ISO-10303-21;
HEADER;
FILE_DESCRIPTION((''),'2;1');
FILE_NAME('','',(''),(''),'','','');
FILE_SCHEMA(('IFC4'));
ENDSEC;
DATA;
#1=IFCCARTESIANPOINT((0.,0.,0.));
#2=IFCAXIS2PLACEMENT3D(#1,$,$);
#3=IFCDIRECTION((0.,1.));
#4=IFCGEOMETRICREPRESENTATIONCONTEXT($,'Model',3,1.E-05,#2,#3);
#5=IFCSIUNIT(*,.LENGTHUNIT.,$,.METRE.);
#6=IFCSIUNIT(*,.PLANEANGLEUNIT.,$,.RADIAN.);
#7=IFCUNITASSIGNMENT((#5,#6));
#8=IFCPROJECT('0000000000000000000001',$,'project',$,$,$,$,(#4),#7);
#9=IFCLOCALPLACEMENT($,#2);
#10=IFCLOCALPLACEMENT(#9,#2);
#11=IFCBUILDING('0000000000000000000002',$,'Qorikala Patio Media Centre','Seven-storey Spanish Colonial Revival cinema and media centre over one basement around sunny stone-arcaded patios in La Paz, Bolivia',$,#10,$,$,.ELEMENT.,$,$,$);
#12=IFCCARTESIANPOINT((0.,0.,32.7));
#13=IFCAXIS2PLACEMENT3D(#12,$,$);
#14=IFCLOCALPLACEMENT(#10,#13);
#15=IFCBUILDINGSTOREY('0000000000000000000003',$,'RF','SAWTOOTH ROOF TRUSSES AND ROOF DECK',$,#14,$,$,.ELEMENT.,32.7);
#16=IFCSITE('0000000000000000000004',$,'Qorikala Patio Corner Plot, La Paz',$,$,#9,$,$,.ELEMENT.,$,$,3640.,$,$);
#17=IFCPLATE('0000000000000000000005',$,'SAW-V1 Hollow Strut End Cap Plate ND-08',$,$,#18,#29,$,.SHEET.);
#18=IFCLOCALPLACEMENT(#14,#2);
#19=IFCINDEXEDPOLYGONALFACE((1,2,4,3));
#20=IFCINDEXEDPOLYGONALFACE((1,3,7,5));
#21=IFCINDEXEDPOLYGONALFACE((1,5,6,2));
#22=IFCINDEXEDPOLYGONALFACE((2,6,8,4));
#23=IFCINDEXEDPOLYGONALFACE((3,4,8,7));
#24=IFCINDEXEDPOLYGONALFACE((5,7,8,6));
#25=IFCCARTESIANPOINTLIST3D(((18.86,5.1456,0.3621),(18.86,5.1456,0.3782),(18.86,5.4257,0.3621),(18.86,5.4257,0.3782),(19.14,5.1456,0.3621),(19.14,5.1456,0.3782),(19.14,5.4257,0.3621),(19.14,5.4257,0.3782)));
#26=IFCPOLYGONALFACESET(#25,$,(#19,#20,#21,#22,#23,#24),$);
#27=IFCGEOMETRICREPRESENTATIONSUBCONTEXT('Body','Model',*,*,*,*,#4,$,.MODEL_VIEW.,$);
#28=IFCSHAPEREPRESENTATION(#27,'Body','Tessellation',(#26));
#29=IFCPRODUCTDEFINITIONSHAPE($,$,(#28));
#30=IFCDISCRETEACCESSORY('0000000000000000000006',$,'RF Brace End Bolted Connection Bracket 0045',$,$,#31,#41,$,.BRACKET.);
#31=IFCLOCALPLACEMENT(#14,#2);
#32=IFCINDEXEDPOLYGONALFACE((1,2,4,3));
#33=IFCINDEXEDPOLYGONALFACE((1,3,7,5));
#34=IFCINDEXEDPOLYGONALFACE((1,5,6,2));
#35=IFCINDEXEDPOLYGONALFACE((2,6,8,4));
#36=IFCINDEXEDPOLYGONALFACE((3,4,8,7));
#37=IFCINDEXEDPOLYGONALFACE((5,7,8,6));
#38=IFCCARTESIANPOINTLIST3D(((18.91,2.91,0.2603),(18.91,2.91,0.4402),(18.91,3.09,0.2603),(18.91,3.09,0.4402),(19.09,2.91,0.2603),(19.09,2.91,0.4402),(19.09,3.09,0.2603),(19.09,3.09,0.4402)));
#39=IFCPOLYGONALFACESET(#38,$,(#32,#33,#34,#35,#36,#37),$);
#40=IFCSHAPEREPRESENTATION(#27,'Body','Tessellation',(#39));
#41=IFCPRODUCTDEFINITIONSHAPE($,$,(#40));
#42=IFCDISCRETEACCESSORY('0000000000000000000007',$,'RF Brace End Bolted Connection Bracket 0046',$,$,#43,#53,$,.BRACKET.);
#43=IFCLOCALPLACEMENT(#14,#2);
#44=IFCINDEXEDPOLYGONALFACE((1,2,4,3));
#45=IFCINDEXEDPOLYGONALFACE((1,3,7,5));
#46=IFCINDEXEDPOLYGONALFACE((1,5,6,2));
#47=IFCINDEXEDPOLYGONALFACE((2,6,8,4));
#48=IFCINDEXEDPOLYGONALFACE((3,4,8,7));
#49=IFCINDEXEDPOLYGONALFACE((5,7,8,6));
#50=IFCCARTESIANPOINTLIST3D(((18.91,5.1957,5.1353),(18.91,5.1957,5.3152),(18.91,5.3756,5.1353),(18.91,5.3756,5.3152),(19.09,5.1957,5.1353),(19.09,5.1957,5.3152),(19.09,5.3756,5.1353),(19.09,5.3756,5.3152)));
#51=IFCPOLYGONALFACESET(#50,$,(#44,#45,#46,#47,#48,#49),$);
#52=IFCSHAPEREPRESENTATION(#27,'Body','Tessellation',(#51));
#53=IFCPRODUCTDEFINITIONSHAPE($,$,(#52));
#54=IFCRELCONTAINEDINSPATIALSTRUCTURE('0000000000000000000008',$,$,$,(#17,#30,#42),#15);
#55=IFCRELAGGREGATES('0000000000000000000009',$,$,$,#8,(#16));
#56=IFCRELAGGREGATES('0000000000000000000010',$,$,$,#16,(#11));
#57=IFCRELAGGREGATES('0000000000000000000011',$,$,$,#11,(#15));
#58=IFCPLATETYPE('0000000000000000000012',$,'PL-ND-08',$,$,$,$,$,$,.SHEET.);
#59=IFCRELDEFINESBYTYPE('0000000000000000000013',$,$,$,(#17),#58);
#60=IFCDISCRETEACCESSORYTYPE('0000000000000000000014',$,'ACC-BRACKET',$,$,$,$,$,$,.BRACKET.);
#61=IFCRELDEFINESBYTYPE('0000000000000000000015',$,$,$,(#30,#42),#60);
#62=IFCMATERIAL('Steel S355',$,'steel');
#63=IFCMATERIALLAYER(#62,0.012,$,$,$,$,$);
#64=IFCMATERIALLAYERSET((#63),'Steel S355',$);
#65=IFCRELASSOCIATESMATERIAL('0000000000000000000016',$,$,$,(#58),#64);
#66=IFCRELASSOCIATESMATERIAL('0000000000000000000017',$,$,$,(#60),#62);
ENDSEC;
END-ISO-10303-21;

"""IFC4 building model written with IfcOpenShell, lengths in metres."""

from ifc_helpers import new_model, si_unit, direction, frame, origin, origin_2d, place, context, subcontext, project, spatial, rectangle, extrude, material, layer, layer_set, type_object, element, save


model = new_model("IFC4")

# Units and contexts
model_context = context("Model", 3, precision=1e-05, world=origin(), true_north=direction((0.0, 1.0)))
body_context = subcontext(model_context, "Body", "Model", "MODEL_VIEW")
ifc_project = project(units=[si_unit("LENGTHUNIT", "METRE"), si_unit("PLANEANGLEUNIT", "RADIAN")], contexts=[model_context])

# Site, building, storey
site_placement = place(None, origin())
site = spatial("IfcSite", under=ifc_project, at=site_placement, Name="Qorikala Patio Corner Plot, La Paz", CompositionType="ELEMENT", RefElevation=3640.0)
building_placement = place(site_placement, origin())
building = spatial("IfcBuilding", under=site, at=building_placement, Name="Qorikala Patio Media Centre", Description="Seven-storey Spanish Colonial Revival cinema and media centre over one basement around sunny stone-arcaded patios in La Paz, Bolivia", CompositionType="ELEMENT")
storey_placement = place(building_placement, frame((0.0, 0.0, 32.7)))
storey = spatial("IfcBuildingStorey", under=building, at=storey_placement, Name="RF", Description="SAWTOOTH ROOF TRUSSES AND ROOF DECK", CompositionType="ELEMENT", Elevation=32.7)

# Shared definitions
ifc_material_1 = material(Name="Steel S355", Category="steel")

# Plate
ifc_layer_1 = layer(ifc_material_1, 0.012)
ifc_layer_set_1 = layer_set([ifc_layer_1], Name="Steel S355")
plate_type_1 = type_object("IfcPlateType", Name="PL-ND-08", PredefinedType="SHEET", material=ifc_layer_set_1)
plate_1_placement = place(storey_placement, frame((19.0, 5.2856, 0.3621), z_axis=(0.0, 0.0, 1.0), x_axis=(1.0, 0.0, 0.0)))
element("IfcPlate", 1, at=plate_1_placement, inside=storey, type_object=plate_type_1, Name="SAW-V1 Hollow Strut End Cap Plate ND-08", PredefinedType="SHEET", context=body_context, shape_type="SweptSolid", body=[
    extrude(rectangle(XDim=0.28, YDim=0.28, at=origin_2d()), origin(), (0.0, 0.0, 1.0), 0.0161),
])

# Discrete accessories
discrete_accessory_type = type_object("IfcDiscreteAccessoryType", Name="ACC-BRACKET", PredefinedType="BRACKET", material=ifc_material_1)
for number, where, z_axis, x_axis, name in (
    (2, (19.0, 3.0, 0.2603), (0.0, 0.0, 1.0), (1.0, 0.0, 0.0), "RF Brace End Bolted Connection Bracket 0045"),
    (3, (19.0, 5.2856, 5.1353), (0.0, 0.0, 1.0), (1.0, 0.0, 0.0), "RF Brace End Bolted Connection Bracket 0046"),
):
    element("IfcDiscreteAccessory", number, at=place(storey_placement, frame(where, z_axis=z_axis, x_axis=x_axis)), inside=storey, type_object=discrete_accessory_type, Name=name, PredefinedType="BRACKET", context=body_context, shape_type="SweptSolid", body=[
        extrude(rectangle(XDim=0.1799, YDim=0.1799, at=origin_2d()), origin(), (0.0, 0.0, 1.0), 0.1799),
    ])

save(model, "model.ifc")
